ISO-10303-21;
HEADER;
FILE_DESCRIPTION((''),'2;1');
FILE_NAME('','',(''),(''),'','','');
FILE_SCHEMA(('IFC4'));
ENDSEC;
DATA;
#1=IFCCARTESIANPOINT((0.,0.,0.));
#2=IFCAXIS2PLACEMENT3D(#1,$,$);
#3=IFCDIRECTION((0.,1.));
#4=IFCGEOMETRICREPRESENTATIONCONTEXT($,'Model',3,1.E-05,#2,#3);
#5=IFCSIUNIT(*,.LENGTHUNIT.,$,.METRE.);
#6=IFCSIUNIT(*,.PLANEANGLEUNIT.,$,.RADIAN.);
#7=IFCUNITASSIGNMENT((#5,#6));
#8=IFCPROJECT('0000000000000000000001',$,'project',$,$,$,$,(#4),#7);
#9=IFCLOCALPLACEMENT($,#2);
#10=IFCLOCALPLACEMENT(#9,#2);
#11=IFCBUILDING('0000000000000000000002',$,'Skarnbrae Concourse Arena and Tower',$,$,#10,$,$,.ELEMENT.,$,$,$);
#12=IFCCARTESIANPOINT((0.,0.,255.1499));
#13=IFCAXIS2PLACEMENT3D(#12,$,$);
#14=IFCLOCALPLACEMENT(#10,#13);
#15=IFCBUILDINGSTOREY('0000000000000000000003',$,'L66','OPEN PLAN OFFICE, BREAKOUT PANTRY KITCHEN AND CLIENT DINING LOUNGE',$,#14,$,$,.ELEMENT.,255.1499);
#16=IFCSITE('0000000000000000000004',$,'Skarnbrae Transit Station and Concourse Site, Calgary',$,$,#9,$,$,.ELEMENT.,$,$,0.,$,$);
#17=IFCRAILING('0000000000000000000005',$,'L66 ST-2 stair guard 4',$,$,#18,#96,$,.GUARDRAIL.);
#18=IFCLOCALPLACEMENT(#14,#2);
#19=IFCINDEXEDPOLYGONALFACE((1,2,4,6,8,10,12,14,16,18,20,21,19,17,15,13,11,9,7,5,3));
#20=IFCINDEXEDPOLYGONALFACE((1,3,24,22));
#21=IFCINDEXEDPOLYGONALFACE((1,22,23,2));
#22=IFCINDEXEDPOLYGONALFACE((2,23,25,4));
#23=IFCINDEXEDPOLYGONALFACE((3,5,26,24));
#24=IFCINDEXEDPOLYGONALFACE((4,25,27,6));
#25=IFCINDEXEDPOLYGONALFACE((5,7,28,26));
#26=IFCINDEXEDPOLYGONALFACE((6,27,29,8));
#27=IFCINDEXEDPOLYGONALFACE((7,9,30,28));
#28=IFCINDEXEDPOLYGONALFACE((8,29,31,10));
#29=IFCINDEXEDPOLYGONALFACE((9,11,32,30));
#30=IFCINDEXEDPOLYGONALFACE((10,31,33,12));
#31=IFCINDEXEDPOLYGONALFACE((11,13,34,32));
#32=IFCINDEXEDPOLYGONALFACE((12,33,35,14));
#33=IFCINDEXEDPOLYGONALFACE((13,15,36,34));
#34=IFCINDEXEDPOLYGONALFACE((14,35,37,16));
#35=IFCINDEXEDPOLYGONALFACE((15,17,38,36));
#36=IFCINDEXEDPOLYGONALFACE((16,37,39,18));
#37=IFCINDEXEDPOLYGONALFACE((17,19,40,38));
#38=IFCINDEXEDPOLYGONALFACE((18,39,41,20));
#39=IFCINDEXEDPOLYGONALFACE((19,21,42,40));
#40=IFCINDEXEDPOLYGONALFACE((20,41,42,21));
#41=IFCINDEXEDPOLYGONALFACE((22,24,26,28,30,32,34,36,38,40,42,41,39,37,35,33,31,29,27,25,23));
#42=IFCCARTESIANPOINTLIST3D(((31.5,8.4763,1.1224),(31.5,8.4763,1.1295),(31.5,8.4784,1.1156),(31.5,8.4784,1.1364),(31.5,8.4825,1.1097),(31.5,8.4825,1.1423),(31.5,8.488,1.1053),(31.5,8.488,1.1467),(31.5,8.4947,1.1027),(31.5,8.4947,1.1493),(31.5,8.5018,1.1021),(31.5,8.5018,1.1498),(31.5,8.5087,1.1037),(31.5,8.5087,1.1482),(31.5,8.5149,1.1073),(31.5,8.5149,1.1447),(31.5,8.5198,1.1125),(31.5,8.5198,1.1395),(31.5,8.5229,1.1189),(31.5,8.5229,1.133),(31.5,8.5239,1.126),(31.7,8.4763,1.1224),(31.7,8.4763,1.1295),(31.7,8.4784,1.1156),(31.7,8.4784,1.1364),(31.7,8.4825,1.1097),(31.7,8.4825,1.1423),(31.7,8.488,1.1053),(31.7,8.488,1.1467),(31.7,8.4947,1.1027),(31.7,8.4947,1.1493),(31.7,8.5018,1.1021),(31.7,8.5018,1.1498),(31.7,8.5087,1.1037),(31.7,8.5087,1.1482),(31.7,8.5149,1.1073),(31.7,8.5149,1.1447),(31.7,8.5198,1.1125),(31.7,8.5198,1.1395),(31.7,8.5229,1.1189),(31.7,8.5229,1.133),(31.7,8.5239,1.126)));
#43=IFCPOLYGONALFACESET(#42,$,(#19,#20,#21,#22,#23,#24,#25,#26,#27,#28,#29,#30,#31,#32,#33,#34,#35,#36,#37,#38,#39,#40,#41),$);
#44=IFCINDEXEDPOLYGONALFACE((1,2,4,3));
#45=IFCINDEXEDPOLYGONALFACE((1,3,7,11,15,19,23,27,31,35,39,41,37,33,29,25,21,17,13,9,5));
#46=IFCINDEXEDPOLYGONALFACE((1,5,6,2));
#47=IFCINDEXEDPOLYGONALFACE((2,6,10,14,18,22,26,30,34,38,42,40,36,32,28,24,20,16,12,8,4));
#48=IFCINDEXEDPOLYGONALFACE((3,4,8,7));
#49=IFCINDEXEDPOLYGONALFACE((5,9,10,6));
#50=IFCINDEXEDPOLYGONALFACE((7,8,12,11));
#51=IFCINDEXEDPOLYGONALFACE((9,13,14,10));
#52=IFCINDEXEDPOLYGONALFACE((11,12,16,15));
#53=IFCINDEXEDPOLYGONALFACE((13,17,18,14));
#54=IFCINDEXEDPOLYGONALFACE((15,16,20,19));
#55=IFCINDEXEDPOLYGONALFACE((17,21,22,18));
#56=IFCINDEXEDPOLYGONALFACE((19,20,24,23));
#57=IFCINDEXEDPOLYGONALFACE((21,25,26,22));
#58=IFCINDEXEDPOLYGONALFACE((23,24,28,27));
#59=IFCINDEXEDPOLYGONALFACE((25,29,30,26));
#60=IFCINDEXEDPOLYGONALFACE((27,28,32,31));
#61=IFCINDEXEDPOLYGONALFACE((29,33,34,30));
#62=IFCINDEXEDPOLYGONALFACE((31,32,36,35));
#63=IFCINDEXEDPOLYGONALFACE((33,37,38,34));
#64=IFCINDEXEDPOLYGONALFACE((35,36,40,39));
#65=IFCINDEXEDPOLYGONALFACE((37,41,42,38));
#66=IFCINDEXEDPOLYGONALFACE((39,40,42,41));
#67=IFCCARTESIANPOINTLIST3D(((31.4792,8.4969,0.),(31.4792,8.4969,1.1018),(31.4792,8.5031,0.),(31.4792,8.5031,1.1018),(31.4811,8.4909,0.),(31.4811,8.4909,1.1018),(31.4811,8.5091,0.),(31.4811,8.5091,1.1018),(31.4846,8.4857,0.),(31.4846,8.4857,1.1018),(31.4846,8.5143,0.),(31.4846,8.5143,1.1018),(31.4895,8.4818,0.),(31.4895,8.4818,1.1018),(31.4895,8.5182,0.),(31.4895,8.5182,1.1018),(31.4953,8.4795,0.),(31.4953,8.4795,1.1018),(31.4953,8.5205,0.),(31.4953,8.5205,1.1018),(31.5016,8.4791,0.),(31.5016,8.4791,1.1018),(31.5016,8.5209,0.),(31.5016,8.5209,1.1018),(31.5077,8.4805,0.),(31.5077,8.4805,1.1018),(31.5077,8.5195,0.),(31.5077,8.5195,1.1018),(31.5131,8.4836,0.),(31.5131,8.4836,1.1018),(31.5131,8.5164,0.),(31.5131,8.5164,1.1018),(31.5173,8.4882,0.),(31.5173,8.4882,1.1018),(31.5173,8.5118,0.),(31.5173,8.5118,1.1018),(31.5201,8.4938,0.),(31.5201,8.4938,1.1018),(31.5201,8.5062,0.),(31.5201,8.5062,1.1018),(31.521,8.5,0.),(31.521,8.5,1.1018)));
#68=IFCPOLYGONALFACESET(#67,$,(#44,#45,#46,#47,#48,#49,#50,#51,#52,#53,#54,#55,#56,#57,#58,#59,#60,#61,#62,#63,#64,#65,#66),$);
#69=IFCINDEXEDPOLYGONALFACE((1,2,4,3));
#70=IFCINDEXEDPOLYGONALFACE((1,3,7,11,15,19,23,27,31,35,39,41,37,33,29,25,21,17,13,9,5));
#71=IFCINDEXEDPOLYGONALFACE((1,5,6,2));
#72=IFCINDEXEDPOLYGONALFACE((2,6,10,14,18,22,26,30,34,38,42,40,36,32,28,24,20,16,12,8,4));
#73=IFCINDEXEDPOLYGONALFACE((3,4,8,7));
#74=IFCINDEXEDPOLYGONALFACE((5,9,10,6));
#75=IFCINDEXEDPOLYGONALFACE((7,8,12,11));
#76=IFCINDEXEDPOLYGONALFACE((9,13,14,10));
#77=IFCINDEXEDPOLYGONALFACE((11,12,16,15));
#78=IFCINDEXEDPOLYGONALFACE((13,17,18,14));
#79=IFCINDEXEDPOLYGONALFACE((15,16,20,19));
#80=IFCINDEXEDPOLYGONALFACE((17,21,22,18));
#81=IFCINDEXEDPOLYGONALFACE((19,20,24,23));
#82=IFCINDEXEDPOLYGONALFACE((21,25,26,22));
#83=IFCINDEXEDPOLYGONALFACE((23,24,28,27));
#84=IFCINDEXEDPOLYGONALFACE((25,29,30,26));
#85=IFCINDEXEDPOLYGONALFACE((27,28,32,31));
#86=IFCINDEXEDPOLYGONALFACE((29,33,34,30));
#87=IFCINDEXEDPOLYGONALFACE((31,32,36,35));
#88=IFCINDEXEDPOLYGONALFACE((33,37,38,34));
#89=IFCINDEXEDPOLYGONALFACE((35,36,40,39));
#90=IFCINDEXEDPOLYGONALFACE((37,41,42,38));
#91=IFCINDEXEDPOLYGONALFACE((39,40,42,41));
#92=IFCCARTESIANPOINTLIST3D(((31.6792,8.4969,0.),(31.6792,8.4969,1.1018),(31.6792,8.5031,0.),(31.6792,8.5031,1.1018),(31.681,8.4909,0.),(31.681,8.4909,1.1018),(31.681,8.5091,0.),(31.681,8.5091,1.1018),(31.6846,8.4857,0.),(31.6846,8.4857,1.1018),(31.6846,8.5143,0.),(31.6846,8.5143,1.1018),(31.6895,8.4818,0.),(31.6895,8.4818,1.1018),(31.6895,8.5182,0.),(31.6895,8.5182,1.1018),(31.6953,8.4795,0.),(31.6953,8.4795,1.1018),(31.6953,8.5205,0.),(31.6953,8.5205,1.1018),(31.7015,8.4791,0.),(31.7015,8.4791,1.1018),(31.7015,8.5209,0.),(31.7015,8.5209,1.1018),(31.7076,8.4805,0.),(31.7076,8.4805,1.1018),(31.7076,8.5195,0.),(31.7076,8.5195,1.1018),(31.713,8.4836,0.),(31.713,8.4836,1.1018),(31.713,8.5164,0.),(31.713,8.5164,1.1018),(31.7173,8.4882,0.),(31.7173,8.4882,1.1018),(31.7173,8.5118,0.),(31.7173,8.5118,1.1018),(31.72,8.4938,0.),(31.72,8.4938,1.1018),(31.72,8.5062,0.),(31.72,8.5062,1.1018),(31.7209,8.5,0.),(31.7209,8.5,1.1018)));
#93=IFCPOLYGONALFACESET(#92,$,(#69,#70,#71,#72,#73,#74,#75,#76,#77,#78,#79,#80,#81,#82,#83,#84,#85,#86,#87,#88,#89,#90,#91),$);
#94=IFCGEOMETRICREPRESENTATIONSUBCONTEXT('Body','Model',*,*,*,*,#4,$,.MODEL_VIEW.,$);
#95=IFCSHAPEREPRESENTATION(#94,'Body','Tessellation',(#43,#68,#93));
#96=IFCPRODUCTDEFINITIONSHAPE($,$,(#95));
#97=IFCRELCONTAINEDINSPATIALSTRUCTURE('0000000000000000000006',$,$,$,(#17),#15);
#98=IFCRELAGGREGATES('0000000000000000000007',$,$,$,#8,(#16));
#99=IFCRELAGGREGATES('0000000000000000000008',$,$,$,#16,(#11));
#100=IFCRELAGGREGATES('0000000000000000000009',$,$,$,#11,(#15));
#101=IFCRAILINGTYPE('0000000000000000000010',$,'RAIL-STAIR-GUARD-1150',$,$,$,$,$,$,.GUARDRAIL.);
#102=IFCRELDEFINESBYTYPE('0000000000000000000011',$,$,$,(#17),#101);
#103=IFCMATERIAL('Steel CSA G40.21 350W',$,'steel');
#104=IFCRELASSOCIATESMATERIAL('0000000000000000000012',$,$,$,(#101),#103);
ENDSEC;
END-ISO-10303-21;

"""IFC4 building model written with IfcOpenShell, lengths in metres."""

from ifc_helpers import new_model, si_unit, direction, frame, origin, origin_2d, place, context, subcontext, project, spatial, circle, extrude, material, type_object, element, save


model = new_model("IFC4")

# Units and contexts
model_context = context("Model", 3, precision=1e-05, world=origin(), true_north=direction((0.0, 1.0)))
body_context = subcontext(model_context, "Body", "Model", "MODEL_VIEW")
ifc_project = project(units=[si_unit("LENGTHUNIT", "METRE"), si_unit("PLANEANGLEUNIT", "RADIAN")], contexts=[model_context])

# Site, building, storey
site_placement = place(None, origin())
site = spatial("IfcSite", under=ifc_project, at=site_placement, Name="Skarnbrae Transit Station and Concourse Site, Calgary", CompositionType="ELEMENT", RefElevation=0.0)
building_placement = place(site_placement, origin())
building = spatial("IfcBuilding", under=site, at=building_placement, Name="Skarnbrae Concourse Arena and Tower", CompositionType="ELEMENT")
storey_placement = place(building_placement, frame((0.0, 0.0, 255.1499)))
storey = spatial("IfcBuildingStorey", under=building, at=storey_placement, Name="L66", Description="OPEN PLAN OFFICE, BREAKOUT PANTRY KITCHEN AND CLIENT DINING LOUNGE", CompositionType="ELEMENT", Elevation=255.1499)

# Shared definitions
ifc_material_1 = material(Name="Steel CSA G40.21 350W", Category="steel")

# Railing
railing_type = type_object("IfcRailingType", Name="RAIL-STAIR-GUARD-1150", PredefinedType="GUARDRAIL", material=ifc_material_1)
railing_1_placement = place(storey_placement, frame((31.5, 8.5, 0.0)))
element("IfcRailing", 1, at=railing_1_placement, inside=storey, type_object=railing_type, Name="L66 ST-2 stair guard 4", PredefinedType="GUARDRAIL", context=body_context, shape_type="SweptSolid", body=[
    extrude(circle(Radius=0.0239, at=origin_2d()), frame((0.0, 0.0, 1.126), z_axis=(1.0, 0.0, 0.0), x_axis=(0.0, 1.0, 0.0)), (0.0, 0.0, 1.0), 0.2),
    extrude(circle(Radius=0.021, at=origin_2d()), origin(), (0.0, 0.0, 1.0), 1.1018),
    extrude(circle(Radius=0.021, at=origin_2d()), frame((0.2, 0.0, 0.0)), (0.0, 0.0, 1.0), 1.1018),
])

save(model, "model.ifc")
